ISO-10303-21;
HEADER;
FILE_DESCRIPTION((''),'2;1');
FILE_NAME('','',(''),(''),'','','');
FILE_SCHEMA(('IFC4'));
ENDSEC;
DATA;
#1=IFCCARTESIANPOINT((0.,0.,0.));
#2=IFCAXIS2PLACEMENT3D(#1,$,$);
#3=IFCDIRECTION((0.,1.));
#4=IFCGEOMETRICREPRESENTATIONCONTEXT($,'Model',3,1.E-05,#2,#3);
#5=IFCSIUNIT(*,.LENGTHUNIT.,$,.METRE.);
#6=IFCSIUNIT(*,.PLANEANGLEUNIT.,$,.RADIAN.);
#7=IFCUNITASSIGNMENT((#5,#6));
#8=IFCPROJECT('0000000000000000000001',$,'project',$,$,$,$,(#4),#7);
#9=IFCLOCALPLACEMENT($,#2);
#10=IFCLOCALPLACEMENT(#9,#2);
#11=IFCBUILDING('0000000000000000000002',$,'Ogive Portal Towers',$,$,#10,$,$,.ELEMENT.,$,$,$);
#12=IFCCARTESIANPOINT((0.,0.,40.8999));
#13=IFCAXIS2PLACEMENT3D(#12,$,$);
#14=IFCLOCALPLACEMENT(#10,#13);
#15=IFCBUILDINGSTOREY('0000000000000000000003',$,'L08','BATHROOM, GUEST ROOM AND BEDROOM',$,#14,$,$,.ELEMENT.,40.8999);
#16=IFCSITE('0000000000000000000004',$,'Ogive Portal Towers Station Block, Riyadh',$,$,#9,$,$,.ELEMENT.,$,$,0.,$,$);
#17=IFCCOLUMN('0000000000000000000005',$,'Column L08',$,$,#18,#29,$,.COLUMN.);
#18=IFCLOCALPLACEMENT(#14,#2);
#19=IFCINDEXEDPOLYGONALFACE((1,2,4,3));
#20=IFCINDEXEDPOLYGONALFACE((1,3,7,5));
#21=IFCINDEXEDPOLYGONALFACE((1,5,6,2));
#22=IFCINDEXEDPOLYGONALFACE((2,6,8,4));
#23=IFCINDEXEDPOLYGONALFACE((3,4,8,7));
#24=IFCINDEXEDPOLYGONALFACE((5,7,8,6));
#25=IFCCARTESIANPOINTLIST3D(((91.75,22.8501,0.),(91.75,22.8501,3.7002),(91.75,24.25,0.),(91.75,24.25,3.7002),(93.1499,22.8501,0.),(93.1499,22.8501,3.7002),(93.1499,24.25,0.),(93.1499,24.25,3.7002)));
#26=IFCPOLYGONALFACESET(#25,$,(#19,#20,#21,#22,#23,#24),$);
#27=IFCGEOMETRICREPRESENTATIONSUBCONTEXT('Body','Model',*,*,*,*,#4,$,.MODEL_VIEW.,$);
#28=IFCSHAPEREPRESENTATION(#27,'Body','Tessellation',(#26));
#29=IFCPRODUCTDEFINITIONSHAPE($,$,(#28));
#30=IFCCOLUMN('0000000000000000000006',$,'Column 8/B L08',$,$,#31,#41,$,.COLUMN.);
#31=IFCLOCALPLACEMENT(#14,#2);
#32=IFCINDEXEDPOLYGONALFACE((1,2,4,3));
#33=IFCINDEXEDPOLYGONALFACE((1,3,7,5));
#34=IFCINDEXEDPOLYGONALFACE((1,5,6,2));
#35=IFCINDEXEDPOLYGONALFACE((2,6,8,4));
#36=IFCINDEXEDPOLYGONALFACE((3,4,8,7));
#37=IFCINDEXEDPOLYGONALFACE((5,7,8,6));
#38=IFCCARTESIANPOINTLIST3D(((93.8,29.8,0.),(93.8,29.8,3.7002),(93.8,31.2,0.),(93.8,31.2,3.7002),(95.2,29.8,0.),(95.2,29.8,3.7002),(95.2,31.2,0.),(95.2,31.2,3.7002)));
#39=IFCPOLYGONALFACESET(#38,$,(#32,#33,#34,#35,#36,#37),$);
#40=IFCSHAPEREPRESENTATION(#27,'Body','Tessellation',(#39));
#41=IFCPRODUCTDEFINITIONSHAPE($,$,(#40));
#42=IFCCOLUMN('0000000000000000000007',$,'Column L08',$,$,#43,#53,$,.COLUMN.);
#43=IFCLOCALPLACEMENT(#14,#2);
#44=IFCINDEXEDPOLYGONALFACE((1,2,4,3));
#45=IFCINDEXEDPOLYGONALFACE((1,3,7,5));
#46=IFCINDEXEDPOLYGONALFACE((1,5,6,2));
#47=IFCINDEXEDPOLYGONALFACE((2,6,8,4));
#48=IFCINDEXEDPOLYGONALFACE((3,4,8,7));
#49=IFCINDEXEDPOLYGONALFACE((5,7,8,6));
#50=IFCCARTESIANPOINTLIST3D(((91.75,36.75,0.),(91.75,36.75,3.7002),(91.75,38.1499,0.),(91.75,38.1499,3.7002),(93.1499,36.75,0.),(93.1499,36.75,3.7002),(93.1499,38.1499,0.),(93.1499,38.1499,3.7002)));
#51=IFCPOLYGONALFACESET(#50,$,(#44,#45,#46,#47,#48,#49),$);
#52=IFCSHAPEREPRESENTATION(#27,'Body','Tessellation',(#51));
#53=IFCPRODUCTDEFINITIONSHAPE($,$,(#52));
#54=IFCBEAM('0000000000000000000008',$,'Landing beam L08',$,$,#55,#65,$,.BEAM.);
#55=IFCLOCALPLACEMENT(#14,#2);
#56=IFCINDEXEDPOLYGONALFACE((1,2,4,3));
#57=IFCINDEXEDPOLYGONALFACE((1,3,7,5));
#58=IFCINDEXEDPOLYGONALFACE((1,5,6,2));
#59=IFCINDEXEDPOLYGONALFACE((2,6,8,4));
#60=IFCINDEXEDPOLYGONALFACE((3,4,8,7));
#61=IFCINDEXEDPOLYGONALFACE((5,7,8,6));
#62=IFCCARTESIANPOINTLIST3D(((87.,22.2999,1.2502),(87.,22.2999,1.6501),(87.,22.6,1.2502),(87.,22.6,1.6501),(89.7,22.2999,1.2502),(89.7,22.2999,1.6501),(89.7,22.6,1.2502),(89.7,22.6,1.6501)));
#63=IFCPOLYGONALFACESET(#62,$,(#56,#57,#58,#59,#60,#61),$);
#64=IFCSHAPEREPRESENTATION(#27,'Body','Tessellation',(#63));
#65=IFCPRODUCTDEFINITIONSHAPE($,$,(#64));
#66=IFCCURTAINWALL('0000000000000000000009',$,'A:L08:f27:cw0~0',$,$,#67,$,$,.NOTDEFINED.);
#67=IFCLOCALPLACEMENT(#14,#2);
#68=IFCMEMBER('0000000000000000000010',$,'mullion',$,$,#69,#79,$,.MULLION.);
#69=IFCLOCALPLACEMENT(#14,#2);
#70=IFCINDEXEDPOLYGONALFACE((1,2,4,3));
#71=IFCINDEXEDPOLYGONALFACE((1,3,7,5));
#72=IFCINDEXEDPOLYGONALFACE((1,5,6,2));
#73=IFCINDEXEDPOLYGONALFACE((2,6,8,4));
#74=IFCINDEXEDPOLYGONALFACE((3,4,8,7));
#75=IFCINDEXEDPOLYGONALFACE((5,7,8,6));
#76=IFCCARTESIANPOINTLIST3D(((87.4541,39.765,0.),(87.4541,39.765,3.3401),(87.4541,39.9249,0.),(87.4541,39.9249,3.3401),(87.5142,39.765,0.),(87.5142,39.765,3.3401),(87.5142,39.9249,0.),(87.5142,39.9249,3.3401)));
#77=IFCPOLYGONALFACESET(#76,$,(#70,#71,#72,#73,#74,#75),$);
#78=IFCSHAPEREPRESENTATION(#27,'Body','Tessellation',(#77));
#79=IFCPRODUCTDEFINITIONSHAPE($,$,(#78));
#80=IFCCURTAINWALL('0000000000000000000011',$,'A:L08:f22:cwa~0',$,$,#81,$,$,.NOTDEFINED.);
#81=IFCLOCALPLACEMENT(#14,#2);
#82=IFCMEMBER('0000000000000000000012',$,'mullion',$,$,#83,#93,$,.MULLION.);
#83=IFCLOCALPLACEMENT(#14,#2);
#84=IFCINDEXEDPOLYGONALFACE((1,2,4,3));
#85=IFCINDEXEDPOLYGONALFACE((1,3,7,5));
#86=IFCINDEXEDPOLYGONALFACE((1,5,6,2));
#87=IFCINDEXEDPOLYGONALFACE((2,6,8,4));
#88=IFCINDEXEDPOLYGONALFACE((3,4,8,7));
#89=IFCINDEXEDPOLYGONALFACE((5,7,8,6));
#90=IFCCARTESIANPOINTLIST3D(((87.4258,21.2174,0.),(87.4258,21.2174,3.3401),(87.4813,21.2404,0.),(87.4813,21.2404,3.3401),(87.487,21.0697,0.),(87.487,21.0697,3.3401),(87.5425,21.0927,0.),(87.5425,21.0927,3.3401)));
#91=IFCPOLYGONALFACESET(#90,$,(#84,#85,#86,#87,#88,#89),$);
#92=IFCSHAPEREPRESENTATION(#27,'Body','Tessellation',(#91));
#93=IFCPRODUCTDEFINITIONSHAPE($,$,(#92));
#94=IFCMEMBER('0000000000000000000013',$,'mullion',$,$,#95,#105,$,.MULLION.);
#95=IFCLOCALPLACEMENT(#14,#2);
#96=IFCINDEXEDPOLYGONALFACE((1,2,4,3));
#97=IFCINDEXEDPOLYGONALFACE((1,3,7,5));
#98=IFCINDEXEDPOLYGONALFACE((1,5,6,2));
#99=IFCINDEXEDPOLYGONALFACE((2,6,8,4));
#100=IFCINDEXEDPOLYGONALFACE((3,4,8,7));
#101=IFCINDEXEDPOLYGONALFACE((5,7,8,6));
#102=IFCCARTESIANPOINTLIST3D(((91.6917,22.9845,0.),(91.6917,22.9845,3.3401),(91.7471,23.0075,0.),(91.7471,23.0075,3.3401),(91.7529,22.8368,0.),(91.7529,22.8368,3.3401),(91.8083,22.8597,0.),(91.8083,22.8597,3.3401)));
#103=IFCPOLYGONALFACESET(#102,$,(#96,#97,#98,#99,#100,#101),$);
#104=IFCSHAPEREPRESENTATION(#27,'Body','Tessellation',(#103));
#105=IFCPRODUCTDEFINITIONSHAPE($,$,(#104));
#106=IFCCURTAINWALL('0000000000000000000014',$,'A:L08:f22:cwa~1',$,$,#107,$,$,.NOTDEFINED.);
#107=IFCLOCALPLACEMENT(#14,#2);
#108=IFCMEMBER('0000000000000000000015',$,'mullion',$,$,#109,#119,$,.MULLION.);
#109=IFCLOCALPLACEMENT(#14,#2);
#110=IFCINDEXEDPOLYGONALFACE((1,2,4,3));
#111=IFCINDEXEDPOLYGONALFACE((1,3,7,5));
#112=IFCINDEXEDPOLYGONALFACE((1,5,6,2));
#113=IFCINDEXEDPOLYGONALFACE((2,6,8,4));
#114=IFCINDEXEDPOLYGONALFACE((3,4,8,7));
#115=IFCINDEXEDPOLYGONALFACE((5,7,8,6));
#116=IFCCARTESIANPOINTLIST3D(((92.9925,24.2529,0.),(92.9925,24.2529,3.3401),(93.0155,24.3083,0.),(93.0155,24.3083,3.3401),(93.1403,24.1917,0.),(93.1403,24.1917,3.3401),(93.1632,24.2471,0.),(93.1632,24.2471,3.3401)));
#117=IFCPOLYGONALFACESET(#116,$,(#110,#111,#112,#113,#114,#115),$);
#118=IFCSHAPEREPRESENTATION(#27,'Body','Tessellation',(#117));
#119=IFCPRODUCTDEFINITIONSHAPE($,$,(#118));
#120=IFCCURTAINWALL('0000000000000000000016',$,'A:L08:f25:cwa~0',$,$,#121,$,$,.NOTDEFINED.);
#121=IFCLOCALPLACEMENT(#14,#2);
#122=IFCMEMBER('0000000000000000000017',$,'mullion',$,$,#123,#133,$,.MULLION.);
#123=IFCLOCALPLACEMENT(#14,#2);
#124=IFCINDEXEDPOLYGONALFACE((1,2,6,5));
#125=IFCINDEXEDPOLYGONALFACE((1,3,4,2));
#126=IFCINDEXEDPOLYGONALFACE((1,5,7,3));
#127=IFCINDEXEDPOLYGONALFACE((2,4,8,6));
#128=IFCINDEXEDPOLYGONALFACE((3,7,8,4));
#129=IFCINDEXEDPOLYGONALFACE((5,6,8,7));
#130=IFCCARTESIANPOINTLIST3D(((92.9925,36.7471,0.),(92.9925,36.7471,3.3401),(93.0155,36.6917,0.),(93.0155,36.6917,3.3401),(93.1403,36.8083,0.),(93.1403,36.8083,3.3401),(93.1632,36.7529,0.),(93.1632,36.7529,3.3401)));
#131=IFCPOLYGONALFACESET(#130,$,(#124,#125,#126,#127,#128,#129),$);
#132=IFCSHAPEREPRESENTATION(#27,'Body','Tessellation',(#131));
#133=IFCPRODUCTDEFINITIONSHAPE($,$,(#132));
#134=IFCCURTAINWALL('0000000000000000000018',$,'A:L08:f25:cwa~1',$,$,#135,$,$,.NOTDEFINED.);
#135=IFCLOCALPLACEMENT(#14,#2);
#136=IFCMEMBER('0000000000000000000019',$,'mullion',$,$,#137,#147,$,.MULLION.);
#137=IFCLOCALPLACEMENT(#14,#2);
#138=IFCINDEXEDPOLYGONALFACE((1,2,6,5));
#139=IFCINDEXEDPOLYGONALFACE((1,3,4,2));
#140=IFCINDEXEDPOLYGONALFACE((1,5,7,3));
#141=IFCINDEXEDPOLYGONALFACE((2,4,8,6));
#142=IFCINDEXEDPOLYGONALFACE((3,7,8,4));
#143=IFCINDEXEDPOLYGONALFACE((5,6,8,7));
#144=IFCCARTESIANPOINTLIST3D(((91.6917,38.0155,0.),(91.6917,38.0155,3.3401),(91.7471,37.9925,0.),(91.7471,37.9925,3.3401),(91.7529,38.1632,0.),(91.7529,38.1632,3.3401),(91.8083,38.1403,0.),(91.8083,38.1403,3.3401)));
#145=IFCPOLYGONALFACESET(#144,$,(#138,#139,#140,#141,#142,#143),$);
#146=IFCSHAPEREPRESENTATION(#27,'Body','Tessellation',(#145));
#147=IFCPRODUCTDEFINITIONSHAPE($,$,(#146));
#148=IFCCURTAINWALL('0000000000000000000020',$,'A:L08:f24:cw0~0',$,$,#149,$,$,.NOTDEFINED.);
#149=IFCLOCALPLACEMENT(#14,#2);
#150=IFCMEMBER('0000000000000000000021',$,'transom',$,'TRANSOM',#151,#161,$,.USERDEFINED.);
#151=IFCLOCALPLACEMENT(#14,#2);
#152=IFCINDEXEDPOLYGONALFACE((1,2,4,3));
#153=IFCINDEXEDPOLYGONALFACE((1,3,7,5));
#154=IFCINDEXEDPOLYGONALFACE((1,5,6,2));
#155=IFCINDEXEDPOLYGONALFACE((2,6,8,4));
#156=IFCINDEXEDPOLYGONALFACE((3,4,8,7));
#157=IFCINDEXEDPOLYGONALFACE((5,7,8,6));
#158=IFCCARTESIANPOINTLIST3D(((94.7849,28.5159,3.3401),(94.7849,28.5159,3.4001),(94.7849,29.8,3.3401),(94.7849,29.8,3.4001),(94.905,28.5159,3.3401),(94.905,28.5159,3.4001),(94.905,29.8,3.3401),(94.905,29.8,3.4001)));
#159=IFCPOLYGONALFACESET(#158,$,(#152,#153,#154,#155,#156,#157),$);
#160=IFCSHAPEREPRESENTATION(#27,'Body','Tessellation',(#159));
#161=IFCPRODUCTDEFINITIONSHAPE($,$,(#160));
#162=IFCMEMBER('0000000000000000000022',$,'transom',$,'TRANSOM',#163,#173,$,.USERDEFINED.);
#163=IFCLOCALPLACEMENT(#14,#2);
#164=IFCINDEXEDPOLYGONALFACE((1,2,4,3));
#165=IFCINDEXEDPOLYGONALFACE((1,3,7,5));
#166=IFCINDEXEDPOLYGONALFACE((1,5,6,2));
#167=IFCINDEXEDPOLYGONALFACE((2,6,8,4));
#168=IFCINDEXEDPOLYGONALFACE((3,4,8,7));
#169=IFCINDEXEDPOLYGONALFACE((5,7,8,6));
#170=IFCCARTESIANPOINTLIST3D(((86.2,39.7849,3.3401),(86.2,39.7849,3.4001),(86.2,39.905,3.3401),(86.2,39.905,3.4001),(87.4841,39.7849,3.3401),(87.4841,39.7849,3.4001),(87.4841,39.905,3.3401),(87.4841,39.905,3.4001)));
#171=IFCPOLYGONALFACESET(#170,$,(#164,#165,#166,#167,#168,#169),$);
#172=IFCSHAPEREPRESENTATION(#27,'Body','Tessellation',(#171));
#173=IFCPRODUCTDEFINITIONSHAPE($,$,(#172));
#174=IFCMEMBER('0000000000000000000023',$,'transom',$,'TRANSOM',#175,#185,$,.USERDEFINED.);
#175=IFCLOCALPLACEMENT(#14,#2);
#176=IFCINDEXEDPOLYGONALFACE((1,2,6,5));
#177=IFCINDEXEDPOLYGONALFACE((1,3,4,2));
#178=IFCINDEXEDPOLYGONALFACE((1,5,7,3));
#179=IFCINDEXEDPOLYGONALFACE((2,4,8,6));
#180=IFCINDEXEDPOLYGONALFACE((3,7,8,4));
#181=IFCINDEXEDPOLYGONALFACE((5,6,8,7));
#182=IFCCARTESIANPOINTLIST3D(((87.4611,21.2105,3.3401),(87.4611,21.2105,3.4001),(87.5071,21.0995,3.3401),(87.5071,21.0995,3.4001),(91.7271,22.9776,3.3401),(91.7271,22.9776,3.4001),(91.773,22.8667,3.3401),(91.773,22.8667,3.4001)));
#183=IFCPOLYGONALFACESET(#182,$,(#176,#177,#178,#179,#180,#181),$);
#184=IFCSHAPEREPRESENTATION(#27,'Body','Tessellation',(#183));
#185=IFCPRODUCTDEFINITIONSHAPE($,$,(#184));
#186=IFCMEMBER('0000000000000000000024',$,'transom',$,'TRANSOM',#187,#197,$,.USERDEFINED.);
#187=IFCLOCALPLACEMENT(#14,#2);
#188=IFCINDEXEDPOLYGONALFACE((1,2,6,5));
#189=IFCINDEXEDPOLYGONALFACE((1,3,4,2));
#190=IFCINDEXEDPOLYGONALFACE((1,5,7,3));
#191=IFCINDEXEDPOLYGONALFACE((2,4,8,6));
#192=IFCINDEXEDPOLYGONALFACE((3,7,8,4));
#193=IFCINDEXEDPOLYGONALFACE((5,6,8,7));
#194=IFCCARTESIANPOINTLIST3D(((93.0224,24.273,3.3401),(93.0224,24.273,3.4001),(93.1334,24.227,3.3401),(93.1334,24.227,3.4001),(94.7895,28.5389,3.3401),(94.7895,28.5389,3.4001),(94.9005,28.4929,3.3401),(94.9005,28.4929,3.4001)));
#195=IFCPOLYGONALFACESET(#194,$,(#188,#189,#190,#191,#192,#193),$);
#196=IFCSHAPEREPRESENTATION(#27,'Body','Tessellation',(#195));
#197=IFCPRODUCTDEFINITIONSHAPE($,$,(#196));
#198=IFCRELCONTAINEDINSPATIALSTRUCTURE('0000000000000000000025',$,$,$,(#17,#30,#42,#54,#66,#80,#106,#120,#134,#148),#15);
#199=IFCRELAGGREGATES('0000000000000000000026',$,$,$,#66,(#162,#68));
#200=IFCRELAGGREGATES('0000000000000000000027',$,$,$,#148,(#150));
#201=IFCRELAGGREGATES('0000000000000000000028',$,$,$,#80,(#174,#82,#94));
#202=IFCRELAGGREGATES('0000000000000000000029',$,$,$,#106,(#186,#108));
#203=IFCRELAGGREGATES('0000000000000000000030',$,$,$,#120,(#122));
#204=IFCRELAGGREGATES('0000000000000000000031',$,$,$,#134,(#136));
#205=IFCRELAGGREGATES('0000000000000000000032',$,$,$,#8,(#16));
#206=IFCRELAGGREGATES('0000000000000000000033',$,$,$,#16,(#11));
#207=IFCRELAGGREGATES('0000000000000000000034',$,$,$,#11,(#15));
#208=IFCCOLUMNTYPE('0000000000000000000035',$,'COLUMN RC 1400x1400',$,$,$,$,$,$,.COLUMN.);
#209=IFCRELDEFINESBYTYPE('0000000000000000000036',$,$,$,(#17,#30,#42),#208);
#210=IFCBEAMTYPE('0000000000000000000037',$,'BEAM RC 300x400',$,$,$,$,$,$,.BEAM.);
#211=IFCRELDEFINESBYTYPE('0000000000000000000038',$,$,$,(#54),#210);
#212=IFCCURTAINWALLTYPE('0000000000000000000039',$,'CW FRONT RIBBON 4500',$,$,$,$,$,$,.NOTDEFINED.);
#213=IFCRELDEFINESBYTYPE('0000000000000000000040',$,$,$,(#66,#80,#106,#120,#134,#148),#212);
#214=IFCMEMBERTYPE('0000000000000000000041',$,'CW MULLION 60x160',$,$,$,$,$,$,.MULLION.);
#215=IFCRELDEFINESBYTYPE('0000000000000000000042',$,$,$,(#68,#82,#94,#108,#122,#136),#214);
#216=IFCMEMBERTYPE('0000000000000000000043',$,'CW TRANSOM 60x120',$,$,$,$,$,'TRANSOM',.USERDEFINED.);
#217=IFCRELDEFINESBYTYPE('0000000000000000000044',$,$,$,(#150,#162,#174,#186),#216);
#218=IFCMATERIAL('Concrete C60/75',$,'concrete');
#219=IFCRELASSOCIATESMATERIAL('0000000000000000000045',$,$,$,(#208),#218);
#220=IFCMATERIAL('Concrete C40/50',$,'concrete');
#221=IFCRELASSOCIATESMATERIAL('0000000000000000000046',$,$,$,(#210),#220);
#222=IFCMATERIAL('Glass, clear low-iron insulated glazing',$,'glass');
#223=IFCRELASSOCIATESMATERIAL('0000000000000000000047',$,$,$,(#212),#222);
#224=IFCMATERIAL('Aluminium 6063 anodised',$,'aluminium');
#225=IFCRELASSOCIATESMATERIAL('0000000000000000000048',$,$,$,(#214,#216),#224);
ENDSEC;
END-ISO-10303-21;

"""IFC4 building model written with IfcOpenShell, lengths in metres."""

from ifc_helpers import new_model, si_unit, direction, frame, origin, origin_2d, place, context, subcontext, project, spatial, rectangle, extrude, material, material_profile, profile_set, type_object, element, aggregate, save


model = new_model("IFC4")

# Units and contexts
model_context = context("Model", 3, precision=1e-05, world=origin(), true_north=direction((0.0, 1.0)))
body_context = subcontext(model_context, "Body", "Model", "MODEL_VIEW")
ifc_project = project(units=[si_unit("LENGTHUNIT", "METRE"), si_unit("PLANEANGLEUNIT", "RADIAN")], contexts=[model_context])

# Site, building, storey
site_placement = place(None, origin())
site = spatial("IfcSite", under=ifc_project, at=site_placement, Name="Ogive Portal Towers Station Block, Riyadh", CompositionType="ELEMENT", RefElevation=0.0)
building_placement = place(site_placement, origin())
building = spatial("IfcBuilding", under=site, at=building_placement, Name="Ogive Portal Towers", CompositionType="ELEMENT")
storey_placement = place(building_placement, frame((0.0, 0.0, 40.8999)))
storey = spatial("IfcBuildingStorey", under=building, at=storey_placement, Name="L08", Description="BATHROOM, GUEST ROOM AND BEDROOM", CompositionType="ELEMENT", Elevation=40.8999)

# Columns
ifc_material_1 = material(Name="Concrete C60/75", Category="concrete")
ifc_material_profile_1 = material_profile(ifc_material_1, rectangle(XDim=1.3999, YDim=1.3999, at=origin_2d()), Name="RC 1400x1400")
ifc_profile_set_1 = profile_set([ifc_material_profile_1], Name="Concrete C60/75")
column_type = type_object("IfcColumnType", Name="COLUMN RC 1400x1400", PredefinedType="COLUMN", material=ifc_profile_set_1)
for number, where, z_axis, x_axis, name in (
    (1, (92.45, 23.55, 0.0), (0.0, 0.0, 1.0), (1.0, 0.0, 0.0), "Column L08"),
    (2, (94.5, 30.5, 0.0), (0.0, 0.0, 1.0), (1.0, 0.0, 0.0), "Column 8/B L08"),
    (3, (92.45, 37.45, 0.0), (0.0, 0.0, 1.0), (1.0, 0.0, 0.0), "Column L08"),
):
    element("IfcColumn", number, at=place(storey_placement, frame(where, z_axis=z_axis, x_axis=x_axis)), inside=storey, type_object=column_type, Name=name, PredefinedType="COLUMN", context=body_context, shape_type="SweptSolid", body=[
        extrude(rectangle(XDim=1.3999, YDim=1.3999, at=origin_2d()), origin(), (0.0, 0.0, 1.0), 3.7002),
    ])

# Beam
ifc_material_2 = material(Name="Concrete C40/50", Category="concrete")
ifc_material_profile_2 = material_profile(ifc_material_2, rectangle(XDim=0.3, YDim=0.3999, at=origin_2d()), Name="RC 300x400")
ifc_profile_set_2 = profile_set([ifc_material_profile_2], Name="Concrete C40/50")
beam_type = type_object("IfcBeamType", Name="BEAM RC 300x400", PredefinedType="BEAM", material=ifc_profile_set_2)
beam_placement = place(storey_placement, frame((87.0, 22.45, 1.4502), z_axis=(1.0, 0.0, 0.0), x_axis=(0.0, 1.0, 0.0)))
element("IfcBeam", 4, at=beam_placement, inside=storey, type_object=beam_type, Name="Landing beam L08", PredefinedType="BEAM", context=body_context, shape_type="SweptSolid", body=[
    extrude(rectangle(XDim=0.3, YDim=0.3999, at=origin_2d()), origin(), (0.0, 0.0, 1.0), 2.7),
])

# Curtain wall, member
ifc_material_3 = material(Name="Glass, clear low-iron insulated glazing", Category="glass")
curtain_wall_type = type_object("IfcCurtainWallType", Name="CW FRONT RIBBON 4500", PredefinedType="NOTDEFINED", material=ifc_material_3)
curtain_wall_1_placement = place(storey_placement, origin())
curtain_wall_1 = element("IfcCurtainWall", 5, at=curtain_wall_1_placement, inside=storey, type_object=curtain_wall_type, Name="A:L08:f27:cw0~0", PredefinedType="NOTDEFINED")
ifc_material_4 = material(Name="Aluminium 6063 anodised", Category="aluminium")
ifc_material_profile_3 = material_profile(ifc_material_4, rectangle(XDim=0.1599, YDim=0.0601, at=origin_2d()), Name="AL 60x160")
ifc_profile_set_3 = profile_set([ifc_material_profile_3], Name="Aluminium 6063 anodised")
member_type_1 = type_object("IfcMemberType", Name="CW MULLION 60x160", PredefinedType="MULLION", material=ifc_profile_set_3)
member_1_placement = place(storey_placement, frame((87.4841, 39.845, 0.0), z_axis=(0.0, 0.0, 1.0), x_axis=(0.0, -1.0, 0.0)))
member_1 = element("IfcMember", 6, at=member_1_placement, type_object=member_type_1, Name="mullion", PredefinedType="MULLION", context=body_context, shape_type="SweptSolid", body=[
    extrude(rectangle(XDim=0.1599, YDim=0.0601, at=origin_2d()), origin(), (0.0, 0.0, 1.0), 3.3401),
])

# Curtain wall, members
curtain_wall_2_placement = place(storey_placement, origin())
curtain_wall_2 = element("IfcCurtainWall", 7, at=curtain_wall_2_placement, inside=storey, type_object=curtain_wall_type, Name="A:L08:f22:cwa~0", PredefinedType="NOTDEFINED")
member_2_placement = place(storey_placement, frame((87.4841, 21.155, 0.0), z_axis=(0.0, 0.0, 1.0), x_axis=(-0.382683, 0.92388, 0.0)))
member_2 = element("IfcMember", 8, at=member_2_placement, type_object=member_type_1, Name="mullion", PredefinedType="MULLION", context=body_context, shape_type="SweptSolid", body=[
    extrude(rectangle(XDim=0.1599, YDim=0.0601, at=origin_2d()), origin(), (0.0, 0.0, 1.0), 3.3401),
])
member_3_placement = place(storey_placement, frame((91.75, 22.9221, 0.0), z_axis=(0.0, 0.0, 1.0), x_axis=(-0.382683, 0.92388, 0.0)))
member_3 = element("IfcMember", 9, at=member_3_placement, type_object=member_type_1, Name="mullion", PredefinedType="MULLION", context=body_context, shape_type="SweptSolid", body=[
    extrude(rectangle(XDim=0.1599, YDim=0.0601, at=origin_2d()), origin(), (0.0, 0.0, 1.0), 3.3401),
])

# Curtain walls, members
curtain_wall_3_placement = place(storey_placement, origin())
curtain_wall_3 = element("IfcCurtainWall", 10, at=curtain_wall_3_placement, inside=storey, type_object=curtain_wall_type, Name="A:L08:f22:cwa~1", PredefinedType="NOTDEFINED")
member_4_placement = place(storey_placement, frame((93.0779, 24.25, 0.0), z_axis=(0.0, 0.0, 1.0), x_axis=(-0.92388, 0.382683, 0.0)))
member_4 = element("IfcMember", 11, at=member_4_placement, type_object=member_type_1, Name="mullion", PredefinedType="MULLION", context=body_context, shape_type="SweptSolid", body=[
    extrude(rectangle(XDim=0.1599, YDim=0.0601, at=origin_2d()), origin(), (0.0, 0.0, 1.0), 3.3401),
])
curtain_wall_4_placement = place(storey_placement, origin())
curtain_wall_4 = element("IfcCurtainWall", 12, at=curtain_wall_4_placement, inside=storey, type_object=curtain_wall_type, Name="A:L08:f25:cwa~0", PredefinedType="NOTDEFINED")
member_5_placement = place(storey_placement, frame((93.0779, 36.75, 0.0), z_axis=(0.0, 0.0, 1.0), x_axis=(-0.92388, -0.382683, 0.0)))
member_5 = element("IfcMember", 13, at=member_5_placement, type_object=member_type_1, Name="mullion", PredefinedType="MULLION", context=body_context, shape_type="SweptSolid", body=[
    extrude(rectangle(XDim=0.1599, YDim=0.0601, at=origin_2d()), origin(), (0.0, 0.0, 1.0), 3.3401),
])
curtain_wall_5_placement = place(storey_placement, origin())
curtain_wall_5 = element("IfcCurtainWall", 14, at=curtain_wall_5_placement, inside=storey, type_object=curtain_wall_type, Name="A:L08:f25:cwa~1", PredefinedType="NOTDEFINED")
member_6_placement = place(storey_placement, frame((91.75, 38.0779, 0.0), z_axis=(0.0, 0.0, 1.0), x_axis=(-0.382683, -0.92388, 0.0)))
member_6 = element("IfcMember", 15, at=member_6_placement, type_object=member_type_1, Name="mullion", PredefinedType="MULLION", context=body_context, shape_type="SweptSolid", body=[
    extrude(rectangle(XDim=0.1599, YDim=0.0601, at=origin_2d()), origin(), (0.0, 0.0, 1.0), 3.3401),
])
curtain_wall_6_placement = place(storey_placement, origin())
curtain_wall_6 = element("IfcCurtainWall", 16, at=curtain_wall_6_placement, inside=storey, type_object=curtain_wall_type, Name="A:L08:f24:cw0~0", PredefinedType="NOTDEFINED")
ifc_material_profile_4 = material_profile(ifc_material_4, rectangle(XDim=0.1201, YDim=0.0601, at=origin_2d()), Name="AL 120x60")
ifc_profile_set_4 = profile_set([ifc_material_profile_4], Name="Aluminium 6063 anodised")
member_type_2 = type_object("IfcMemberType", Name="CW TRANSOM 60x120", ElementType="TRANSOM", PredefinedType="USERDEFINED", material=ifc_profile_set_4)
member_7_placement = place(storey_placement, frame((94.845, 28.5159, 3.3701), z_axis=(0.0, 1.0, 0.0), x_axis=(-1.0, 0.0, 0.0)))
member_7 = element("IfcMember", 17, at=member_7_placement, type_object=member_type_2, Name="transom", ObjectType="TRANSOM", PredefinedType="USERDEFINED", context=body_context, shape_type="SweptSolid", body=[
    extrude(rectangle(XDim=0.1201, YDim=0.0601, at=origin_2d()), origin(), (0.0, 0.0, 1.0), 1.2842),
])

# Members
member_8_placement = place(storey_placement, frame((87.4841, 39.845, 3.3701), z_axis=(-1.0, 0.0, 0.0), x_axis=(0.0, -1.0, 0.0)))
member_8 = element("IfcMember", 18, at=member_8_placement, type_object=member_type_2, Name="transom", ObjectType="TRANSOM", PredefinedType="USERDEFINED", context=body_context, shape_type="SweptSolid", body=[
    extrude(rectangle(XDim=0.1201, YDim=0.0601, at=origin_2d()), origin(), (0.0, 0.0, 1.0), 1.2842),
])
aggregate(curtain_wall_1, [member_8, member_1])
member_9_placement = place(storey_placement, frame((87.4841, 21.155, 3.3701), z_axis=(0.923871, 0.382704, 0.0), x_axis=(-0.382704, 0.923871, 0.0)))
member_9 = element("IfcMember", 19, at=member_9_placement, type_object=member_type_2, Name="transom", ObjectType="TRANSOM", PredefinedType="USERDEFINED", context=body_context, shape_type="SweptSolid", body=[
    extrude(rectangle(XDim=0.1201, YDim=0.0601, at=origin_2d()), origin(), (0.0, 0.0, 1.0), 4.6174),
])
member_10_placement = place(storey_placement, frame((93.0779, 24.25, 3.3701), z_axis=(0.382704, 0.923871, 0.0), x_axis=(-0.923871, 0.382704, 0.0)))
member_10 = element("IfcMember", 20, at=member_10_placement, type_object=member_type_2, Name="transom", ObjectType="TRANSOM", PredefinedType="USERDEFINED", context=body_context, shape_type="SweptSolid", body=[
    extrude(rectangle(XDim=0.1201, YDim=0.0601, at=origin_2d()), origin(), (0.0, 0.0, 1.0), 4.6174),
])

aggregate(curtain_wall_6, [member_7])
aggregate(curtain_wall_2, [member_9, member_2, member_3])
aggregate(curtain_wall_3, [member_10, member_4])
aggregate(curtain_wall_4, [member_5])
aggregate(curtain_wall_5, [member_6])

save(model, "model.ifc")
